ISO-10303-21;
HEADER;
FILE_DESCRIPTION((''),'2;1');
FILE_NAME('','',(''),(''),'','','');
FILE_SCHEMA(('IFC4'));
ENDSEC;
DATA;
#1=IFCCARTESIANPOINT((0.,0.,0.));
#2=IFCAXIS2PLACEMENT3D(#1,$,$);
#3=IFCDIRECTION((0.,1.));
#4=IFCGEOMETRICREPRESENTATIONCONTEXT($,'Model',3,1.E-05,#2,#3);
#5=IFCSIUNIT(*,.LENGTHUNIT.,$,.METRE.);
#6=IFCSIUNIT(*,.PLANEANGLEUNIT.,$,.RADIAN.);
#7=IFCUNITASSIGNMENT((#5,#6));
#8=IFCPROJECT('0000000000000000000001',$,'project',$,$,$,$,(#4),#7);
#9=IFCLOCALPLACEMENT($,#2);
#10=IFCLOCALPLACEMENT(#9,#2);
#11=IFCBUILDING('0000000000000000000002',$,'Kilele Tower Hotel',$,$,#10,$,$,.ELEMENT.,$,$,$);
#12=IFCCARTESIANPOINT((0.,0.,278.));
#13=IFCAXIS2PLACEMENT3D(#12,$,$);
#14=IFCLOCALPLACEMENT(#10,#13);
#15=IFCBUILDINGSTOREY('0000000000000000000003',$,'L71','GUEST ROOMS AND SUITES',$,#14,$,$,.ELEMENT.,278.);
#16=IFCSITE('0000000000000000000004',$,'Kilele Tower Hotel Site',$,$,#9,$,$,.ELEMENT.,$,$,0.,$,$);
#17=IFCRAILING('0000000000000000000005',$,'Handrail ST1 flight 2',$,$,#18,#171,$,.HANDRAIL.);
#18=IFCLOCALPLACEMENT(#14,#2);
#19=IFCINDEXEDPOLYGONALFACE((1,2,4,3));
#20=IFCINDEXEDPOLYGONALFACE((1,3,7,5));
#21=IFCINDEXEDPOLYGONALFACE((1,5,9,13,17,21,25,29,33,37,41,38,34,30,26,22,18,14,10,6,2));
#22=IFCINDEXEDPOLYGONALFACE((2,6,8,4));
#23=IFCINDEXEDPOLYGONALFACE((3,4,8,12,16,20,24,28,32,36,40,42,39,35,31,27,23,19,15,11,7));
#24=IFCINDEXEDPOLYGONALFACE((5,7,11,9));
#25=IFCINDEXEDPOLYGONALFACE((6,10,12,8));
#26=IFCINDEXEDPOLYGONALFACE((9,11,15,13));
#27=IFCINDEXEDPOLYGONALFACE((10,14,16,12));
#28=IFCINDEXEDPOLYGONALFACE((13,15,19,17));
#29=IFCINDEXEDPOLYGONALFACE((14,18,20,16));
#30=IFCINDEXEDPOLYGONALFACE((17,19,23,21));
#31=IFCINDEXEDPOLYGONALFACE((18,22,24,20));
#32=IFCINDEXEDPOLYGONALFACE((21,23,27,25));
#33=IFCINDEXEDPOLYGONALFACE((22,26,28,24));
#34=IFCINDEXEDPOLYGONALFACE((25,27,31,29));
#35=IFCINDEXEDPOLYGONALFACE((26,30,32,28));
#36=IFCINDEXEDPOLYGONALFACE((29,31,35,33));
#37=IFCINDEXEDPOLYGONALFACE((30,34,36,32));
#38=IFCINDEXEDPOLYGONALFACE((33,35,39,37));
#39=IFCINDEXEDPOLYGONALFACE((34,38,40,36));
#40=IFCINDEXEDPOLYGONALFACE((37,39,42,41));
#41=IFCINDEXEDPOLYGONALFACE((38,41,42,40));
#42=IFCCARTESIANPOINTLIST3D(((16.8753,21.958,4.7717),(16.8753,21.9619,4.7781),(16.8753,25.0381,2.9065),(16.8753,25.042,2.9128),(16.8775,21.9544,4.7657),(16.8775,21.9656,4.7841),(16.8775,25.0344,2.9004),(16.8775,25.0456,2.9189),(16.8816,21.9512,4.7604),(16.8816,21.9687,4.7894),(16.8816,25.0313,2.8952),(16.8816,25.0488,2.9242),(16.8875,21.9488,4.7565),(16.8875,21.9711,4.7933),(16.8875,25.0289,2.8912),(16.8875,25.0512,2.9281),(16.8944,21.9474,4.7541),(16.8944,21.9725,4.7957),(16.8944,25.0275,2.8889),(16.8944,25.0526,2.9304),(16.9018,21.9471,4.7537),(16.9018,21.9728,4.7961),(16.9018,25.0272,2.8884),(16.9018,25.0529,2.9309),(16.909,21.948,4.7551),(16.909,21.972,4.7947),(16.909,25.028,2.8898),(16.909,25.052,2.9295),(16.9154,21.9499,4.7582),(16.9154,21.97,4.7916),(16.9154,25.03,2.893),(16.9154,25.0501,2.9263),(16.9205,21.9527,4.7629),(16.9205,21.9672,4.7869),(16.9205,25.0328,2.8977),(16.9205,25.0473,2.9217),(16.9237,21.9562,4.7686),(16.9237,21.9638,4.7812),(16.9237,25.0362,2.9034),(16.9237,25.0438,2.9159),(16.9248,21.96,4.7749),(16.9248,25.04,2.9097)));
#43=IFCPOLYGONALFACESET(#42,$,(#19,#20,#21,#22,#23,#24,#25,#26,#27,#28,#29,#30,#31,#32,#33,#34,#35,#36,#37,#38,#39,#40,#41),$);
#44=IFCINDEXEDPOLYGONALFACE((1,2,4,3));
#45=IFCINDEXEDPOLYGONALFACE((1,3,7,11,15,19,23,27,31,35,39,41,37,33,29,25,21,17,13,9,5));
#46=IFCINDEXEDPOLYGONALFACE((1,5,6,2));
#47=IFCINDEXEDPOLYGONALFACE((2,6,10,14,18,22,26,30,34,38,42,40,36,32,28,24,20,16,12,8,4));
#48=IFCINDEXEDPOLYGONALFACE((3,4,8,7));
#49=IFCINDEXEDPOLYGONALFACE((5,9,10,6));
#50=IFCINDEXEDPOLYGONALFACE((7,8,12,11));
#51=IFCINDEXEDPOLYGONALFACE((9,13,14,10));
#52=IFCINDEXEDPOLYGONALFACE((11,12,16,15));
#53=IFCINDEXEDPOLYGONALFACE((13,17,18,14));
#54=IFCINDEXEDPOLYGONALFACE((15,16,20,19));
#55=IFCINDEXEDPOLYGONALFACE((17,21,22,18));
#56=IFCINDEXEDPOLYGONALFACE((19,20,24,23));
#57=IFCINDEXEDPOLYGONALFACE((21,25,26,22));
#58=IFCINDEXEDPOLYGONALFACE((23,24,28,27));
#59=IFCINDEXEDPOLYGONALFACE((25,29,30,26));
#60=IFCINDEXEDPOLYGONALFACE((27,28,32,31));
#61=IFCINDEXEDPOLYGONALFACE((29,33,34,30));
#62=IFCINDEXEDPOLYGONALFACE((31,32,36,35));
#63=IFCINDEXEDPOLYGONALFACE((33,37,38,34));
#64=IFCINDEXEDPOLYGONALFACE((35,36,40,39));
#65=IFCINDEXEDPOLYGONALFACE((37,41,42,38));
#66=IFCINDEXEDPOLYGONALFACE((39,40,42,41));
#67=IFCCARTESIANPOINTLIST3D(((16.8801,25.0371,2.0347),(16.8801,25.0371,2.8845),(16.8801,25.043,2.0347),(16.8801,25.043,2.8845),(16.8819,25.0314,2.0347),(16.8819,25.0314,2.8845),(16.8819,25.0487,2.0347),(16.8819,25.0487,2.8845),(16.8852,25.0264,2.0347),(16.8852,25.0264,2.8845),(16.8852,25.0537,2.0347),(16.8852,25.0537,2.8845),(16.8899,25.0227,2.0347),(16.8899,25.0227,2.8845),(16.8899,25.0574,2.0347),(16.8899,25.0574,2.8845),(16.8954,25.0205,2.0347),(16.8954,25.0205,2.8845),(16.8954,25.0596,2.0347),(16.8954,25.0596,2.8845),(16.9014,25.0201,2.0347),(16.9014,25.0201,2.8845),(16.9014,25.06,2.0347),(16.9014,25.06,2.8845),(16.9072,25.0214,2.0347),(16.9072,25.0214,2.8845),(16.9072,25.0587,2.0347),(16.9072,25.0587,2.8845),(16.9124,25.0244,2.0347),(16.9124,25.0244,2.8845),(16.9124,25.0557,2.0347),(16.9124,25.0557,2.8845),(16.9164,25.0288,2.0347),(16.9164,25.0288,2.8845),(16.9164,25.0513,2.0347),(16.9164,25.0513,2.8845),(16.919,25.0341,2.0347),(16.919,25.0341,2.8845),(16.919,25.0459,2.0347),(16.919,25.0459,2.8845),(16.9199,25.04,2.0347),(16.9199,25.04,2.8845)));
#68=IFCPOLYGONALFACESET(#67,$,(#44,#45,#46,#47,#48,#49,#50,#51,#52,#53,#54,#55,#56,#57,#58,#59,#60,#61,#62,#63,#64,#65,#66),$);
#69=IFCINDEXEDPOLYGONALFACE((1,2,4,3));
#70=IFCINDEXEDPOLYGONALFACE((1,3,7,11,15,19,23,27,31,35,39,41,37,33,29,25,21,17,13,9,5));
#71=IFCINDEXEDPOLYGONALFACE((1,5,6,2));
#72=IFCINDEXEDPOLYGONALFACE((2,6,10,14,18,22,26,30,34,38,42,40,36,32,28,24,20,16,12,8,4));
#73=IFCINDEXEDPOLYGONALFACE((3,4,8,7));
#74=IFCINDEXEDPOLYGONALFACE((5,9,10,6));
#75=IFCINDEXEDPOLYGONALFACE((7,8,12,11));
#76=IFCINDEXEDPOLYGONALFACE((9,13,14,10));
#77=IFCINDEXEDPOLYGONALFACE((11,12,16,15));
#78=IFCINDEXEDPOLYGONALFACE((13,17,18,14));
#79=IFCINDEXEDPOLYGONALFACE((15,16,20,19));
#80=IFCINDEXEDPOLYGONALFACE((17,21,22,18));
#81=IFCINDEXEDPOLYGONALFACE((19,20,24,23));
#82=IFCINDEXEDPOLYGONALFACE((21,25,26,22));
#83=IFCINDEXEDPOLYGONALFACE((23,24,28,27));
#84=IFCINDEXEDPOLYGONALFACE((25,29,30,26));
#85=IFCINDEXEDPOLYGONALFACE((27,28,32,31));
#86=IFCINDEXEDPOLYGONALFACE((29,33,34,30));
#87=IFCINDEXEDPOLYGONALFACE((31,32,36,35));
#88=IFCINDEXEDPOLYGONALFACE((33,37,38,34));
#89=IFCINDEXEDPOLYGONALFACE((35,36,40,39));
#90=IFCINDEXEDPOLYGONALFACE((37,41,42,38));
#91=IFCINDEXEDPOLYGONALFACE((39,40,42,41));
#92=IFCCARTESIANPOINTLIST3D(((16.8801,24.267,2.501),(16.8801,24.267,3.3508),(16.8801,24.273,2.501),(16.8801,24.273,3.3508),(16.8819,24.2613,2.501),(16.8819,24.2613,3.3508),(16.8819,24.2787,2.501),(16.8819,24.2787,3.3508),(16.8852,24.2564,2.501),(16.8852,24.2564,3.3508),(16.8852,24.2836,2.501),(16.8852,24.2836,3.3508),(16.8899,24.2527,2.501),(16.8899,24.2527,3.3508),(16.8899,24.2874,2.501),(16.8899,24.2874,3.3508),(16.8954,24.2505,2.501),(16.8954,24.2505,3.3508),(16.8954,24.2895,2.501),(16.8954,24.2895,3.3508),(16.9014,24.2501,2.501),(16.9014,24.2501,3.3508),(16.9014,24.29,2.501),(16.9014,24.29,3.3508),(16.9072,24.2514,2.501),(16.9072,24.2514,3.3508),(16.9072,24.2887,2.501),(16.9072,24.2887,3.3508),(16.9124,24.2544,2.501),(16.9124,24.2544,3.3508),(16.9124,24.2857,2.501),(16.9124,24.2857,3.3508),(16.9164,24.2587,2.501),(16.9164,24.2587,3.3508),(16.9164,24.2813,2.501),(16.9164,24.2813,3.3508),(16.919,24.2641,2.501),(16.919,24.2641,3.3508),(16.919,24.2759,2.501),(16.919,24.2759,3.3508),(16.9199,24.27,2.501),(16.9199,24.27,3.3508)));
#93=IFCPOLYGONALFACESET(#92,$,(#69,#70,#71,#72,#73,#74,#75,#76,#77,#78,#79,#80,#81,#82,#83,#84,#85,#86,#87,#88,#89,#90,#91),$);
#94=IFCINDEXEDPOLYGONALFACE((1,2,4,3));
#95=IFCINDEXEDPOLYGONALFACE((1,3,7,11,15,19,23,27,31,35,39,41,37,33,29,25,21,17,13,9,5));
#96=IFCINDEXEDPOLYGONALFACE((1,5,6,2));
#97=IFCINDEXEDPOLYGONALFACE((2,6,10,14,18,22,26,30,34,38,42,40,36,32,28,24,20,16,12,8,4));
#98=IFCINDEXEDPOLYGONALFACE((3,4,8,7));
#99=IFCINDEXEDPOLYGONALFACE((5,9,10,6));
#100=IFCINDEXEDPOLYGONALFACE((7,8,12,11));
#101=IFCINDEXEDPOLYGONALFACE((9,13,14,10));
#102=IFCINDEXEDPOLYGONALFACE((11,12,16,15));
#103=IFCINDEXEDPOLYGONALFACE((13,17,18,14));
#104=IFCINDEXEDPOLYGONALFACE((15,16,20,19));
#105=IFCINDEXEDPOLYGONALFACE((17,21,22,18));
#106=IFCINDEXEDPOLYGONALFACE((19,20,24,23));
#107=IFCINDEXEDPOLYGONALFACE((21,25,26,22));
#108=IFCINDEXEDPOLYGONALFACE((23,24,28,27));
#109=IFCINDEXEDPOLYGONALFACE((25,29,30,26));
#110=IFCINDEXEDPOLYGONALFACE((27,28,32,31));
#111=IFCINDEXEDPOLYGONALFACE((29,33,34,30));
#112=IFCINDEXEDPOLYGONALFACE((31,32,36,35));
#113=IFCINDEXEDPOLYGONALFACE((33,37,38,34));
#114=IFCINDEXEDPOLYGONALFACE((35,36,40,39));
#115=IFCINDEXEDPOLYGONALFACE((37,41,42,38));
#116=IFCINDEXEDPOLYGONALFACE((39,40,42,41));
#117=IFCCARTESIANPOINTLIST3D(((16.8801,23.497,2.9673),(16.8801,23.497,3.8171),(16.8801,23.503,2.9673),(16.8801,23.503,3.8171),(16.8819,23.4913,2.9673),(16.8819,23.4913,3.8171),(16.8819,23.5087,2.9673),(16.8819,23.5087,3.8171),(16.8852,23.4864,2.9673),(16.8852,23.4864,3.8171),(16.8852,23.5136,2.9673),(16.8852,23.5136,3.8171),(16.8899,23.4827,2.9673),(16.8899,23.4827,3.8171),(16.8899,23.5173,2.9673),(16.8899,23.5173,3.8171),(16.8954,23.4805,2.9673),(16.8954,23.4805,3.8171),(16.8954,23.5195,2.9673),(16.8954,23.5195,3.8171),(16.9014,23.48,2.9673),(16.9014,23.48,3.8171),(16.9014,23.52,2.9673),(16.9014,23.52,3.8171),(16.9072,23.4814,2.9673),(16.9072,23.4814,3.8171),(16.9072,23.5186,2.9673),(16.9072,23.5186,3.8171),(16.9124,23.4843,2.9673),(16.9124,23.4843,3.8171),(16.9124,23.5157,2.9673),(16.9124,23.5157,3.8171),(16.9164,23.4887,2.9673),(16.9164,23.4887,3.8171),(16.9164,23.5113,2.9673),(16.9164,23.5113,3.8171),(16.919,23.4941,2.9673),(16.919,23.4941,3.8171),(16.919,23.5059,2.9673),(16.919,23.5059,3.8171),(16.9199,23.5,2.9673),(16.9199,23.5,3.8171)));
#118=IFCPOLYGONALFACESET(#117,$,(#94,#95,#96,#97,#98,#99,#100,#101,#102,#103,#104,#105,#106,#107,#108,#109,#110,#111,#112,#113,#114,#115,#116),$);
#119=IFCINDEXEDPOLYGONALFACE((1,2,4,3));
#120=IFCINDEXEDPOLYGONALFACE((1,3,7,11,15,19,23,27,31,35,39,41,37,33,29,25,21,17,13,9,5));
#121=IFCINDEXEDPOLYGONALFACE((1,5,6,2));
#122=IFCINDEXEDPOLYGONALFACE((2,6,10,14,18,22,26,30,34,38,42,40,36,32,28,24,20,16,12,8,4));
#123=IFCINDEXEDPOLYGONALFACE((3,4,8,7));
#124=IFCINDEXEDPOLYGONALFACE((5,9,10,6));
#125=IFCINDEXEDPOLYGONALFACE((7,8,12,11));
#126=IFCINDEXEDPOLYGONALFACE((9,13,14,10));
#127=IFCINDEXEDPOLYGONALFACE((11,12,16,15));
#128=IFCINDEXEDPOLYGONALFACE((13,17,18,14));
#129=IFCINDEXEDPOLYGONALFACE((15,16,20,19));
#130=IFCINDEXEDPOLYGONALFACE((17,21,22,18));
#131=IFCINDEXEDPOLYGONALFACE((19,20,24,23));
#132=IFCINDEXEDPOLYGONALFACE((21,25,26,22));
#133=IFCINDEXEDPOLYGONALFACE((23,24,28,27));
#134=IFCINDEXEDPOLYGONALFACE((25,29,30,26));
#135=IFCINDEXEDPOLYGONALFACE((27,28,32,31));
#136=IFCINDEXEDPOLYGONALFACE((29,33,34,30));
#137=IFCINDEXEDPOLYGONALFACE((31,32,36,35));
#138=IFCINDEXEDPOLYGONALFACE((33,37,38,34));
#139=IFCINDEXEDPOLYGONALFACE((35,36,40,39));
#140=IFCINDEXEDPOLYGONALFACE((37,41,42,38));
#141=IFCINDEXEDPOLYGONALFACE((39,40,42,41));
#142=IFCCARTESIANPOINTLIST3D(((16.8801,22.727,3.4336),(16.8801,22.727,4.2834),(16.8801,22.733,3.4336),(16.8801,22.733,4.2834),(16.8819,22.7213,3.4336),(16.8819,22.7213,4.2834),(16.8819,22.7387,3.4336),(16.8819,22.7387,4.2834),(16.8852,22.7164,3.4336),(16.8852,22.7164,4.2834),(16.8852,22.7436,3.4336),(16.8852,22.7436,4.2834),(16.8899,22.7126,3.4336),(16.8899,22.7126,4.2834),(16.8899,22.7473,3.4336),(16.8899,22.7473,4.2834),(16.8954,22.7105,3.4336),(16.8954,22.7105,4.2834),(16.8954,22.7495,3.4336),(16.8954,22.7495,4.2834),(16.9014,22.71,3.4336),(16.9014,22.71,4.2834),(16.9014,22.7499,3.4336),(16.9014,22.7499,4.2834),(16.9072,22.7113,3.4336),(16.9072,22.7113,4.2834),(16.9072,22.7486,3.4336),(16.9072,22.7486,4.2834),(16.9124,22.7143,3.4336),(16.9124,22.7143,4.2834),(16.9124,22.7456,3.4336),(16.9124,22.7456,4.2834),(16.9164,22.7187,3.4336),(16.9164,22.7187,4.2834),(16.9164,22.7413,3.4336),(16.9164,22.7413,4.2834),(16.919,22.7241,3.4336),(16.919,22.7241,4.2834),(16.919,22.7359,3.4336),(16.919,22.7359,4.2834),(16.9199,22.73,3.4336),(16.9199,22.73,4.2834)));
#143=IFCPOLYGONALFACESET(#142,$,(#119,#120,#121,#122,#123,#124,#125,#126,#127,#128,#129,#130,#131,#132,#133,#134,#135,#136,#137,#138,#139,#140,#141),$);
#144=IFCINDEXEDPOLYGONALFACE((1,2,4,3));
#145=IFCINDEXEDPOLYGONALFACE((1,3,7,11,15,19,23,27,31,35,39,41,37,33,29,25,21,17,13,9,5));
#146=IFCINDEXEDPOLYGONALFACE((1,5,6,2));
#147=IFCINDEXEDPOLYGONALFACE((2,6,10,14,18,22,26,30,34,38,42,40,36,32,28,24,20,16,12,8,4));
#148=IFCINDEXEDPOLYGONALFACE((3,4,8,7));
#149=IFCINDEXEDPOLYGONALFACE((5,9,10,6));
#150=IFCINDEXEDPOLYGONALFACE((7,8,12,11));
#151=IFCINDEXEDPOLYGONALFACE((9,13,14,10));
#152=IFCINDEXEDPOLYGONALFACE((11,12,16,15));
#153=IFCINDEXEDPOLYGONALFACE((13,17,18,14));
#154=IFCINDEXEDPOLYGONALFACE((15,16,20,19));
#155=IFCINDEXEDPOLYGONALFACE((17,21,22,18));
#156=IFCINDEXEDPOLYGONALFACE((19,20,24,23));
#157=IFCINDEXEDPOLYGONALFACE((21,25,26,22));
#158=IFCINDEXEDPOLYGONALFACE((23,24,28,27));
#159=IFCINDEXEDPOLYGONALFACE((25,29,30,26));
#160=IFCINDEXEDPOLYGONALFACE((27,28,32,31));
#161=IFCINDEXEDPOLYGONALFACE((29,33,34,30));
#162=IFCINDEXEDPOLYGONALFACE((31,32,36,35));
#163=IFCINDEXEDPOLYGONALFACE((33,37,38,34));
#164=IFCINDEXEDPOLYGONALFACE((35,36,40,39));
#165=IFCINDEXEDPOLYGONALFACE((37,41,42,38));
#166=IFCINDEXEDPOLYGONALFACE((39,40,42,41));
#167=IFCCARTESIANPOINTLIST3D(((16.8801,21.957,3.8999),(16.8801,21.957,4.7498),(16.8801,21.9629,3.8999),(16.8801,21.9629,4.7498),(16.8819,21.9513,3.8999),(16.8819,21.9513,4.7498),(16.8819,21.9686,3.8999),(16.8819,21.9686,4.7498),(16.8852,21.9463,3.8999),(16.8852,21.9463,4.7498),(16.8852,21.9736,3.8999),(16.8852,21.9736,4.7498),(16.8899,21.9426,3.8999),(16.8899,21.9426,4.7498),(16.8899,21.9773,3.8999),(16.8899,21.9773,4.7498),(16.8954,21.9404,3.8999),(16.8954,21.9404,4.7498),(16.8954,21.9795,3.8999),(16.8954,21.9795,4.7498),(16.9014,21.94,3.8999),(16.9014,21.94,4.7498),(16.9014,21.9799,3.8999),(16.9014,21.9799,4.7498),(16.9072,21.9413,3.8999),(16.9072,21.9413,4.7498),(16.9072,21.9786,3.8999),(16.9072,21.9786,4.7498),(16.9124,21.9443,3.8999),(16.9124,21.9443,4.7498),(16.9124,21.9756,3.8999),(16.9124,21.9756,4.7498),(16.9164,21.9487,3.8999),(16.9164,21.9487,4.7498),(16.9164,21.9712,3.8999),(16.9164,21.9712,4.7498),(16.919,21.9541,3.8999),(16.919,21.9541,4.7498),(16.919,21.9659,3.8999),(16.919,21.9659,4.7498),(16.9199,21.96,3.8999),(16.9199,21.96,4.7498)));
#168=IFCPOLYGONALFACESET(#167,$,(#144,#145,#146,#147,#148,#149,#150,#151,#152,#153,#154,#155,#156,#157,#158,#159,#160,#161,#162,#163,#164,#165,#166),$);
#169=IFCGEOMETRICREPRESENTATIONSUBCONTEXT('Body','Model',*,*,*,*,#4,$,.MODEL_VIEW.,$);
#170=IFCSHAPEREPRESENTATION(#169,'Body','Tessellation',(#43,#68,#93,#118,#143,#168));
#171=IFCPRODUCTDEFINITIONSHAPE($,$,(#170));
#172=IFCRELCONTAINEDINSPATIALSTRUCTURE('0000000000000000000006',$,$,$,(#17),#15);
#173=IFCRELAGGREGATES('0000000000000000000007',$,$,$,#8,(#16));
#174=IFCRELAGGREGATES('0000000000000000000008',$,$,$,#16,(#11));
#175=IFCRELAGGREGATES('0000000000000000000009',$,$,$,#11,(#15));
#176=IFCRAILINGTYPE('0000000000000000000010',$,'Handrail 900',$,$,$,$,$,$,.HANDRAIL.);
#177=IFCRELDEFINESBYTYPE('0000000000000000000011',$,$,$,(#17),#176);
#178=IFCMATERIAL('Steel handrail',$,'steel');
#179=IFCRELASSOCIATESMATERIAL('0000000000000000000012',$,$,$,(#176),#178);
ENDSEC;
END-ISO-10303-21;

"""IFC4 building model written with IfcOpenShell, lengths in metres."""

from ifc_helpers import new_model, si_unit, direction, frame, origin, origin_2d, place, context, subcontext, project, spatial, circle, extrude, material, type_object, element, save


model = new_model("IFC4")

# Units and contexts
model_context = context("Model", 3, precision=1e-05, world=origin(), true_north=direction((0.0, 1.0)))
body_context = subcontext(model_context, "Body", "Model", "MODEL_VIEW")
ifc_project = project(units=[si_unit("LENGTHUNIT", "METRE"), si_unit("PLANEANGLEUNIT", "RADIAN")], contexts=[model_context])

# Site, building, storey
site_placement = place(None, origin())
site = spatial("IfcSite", under=ifc_project, at=site_placement, Name="Kilele Tower Hotel Site", CompositionType="ELEMENT", RefElevation=0.0)
building_placement = place(site_placement, origin())
building = spatial("IfcBuilding", under=site, at=building_placement, Name="Kilele Tower Hotel", CompositionType="ELEMENT")
storey_placement = place(building_placement, frame((0.0, 0.0, 278.0)))
storey = spatial("IfcBuildingStorey", under=building, at=storey_placement, Name="L71", Description="GUEST ROOMS AND SUITES", CompositionType="ELEMENT", Elevation=278.0)

# Railing
ifc_material_1 = material(Name="Steel handrail", Category="steel")
railing_type_1 = type_object("IfcRailingType", Name="Handrail 900", PredefinedType="HANDRAIL", material=ifc_material_1)
for number, where, name in (
    (1, (16.8999, 25.04, 2.0347), "Handrail ST1 flight 2"),
):
    element("IfcRailing", number, at=place(storey_placement, frame(where)), inside=storey, type_object=railing_type_1, Name=name, PredefinedType="HANDRAIL", context=body_context, shape_type="SweptSolid", body=[
        extrude(circle(Radius=0.0249, at=origin_2d()), frame((0.0, 0.0, 0.875), z_axis=(0.0, -0.85538, 0.518001), x_axis=(1.0, 0.0, 0.0)), (0.0, 0.0, 1.0), 3.6008),
        extrude(circle(Radius=0.02, at=origin_2d()), origin(), (0.0, 0.0, 1.0), 0.8499),
        extrude(circle(Radius=0.02, at=origin_2d()), frame((0.0, -0.77, 0.4663)), (0.0, 0.0, 1.0), 0.8499),
        extrude(circle(Radius=0.02, at=origin_2d()), frame((0.0, -1.54, 0.9326)), (0.0, 0.0, 1.0), 0.8499),
        extrude(circle(Radius=0.02, at=origin_2d()), frame((0.0, -2.3101, 1.3989)), (0.0, 0.0, 1.0), 0.8499),
        extrude(circle(Radius=0.02, at=origin_2d()), frame((0.0, -3.0801, 1.8652)), (0.0, 0.0, 1.0), 0.8499),
    ])

save(model, "model.ifc")
